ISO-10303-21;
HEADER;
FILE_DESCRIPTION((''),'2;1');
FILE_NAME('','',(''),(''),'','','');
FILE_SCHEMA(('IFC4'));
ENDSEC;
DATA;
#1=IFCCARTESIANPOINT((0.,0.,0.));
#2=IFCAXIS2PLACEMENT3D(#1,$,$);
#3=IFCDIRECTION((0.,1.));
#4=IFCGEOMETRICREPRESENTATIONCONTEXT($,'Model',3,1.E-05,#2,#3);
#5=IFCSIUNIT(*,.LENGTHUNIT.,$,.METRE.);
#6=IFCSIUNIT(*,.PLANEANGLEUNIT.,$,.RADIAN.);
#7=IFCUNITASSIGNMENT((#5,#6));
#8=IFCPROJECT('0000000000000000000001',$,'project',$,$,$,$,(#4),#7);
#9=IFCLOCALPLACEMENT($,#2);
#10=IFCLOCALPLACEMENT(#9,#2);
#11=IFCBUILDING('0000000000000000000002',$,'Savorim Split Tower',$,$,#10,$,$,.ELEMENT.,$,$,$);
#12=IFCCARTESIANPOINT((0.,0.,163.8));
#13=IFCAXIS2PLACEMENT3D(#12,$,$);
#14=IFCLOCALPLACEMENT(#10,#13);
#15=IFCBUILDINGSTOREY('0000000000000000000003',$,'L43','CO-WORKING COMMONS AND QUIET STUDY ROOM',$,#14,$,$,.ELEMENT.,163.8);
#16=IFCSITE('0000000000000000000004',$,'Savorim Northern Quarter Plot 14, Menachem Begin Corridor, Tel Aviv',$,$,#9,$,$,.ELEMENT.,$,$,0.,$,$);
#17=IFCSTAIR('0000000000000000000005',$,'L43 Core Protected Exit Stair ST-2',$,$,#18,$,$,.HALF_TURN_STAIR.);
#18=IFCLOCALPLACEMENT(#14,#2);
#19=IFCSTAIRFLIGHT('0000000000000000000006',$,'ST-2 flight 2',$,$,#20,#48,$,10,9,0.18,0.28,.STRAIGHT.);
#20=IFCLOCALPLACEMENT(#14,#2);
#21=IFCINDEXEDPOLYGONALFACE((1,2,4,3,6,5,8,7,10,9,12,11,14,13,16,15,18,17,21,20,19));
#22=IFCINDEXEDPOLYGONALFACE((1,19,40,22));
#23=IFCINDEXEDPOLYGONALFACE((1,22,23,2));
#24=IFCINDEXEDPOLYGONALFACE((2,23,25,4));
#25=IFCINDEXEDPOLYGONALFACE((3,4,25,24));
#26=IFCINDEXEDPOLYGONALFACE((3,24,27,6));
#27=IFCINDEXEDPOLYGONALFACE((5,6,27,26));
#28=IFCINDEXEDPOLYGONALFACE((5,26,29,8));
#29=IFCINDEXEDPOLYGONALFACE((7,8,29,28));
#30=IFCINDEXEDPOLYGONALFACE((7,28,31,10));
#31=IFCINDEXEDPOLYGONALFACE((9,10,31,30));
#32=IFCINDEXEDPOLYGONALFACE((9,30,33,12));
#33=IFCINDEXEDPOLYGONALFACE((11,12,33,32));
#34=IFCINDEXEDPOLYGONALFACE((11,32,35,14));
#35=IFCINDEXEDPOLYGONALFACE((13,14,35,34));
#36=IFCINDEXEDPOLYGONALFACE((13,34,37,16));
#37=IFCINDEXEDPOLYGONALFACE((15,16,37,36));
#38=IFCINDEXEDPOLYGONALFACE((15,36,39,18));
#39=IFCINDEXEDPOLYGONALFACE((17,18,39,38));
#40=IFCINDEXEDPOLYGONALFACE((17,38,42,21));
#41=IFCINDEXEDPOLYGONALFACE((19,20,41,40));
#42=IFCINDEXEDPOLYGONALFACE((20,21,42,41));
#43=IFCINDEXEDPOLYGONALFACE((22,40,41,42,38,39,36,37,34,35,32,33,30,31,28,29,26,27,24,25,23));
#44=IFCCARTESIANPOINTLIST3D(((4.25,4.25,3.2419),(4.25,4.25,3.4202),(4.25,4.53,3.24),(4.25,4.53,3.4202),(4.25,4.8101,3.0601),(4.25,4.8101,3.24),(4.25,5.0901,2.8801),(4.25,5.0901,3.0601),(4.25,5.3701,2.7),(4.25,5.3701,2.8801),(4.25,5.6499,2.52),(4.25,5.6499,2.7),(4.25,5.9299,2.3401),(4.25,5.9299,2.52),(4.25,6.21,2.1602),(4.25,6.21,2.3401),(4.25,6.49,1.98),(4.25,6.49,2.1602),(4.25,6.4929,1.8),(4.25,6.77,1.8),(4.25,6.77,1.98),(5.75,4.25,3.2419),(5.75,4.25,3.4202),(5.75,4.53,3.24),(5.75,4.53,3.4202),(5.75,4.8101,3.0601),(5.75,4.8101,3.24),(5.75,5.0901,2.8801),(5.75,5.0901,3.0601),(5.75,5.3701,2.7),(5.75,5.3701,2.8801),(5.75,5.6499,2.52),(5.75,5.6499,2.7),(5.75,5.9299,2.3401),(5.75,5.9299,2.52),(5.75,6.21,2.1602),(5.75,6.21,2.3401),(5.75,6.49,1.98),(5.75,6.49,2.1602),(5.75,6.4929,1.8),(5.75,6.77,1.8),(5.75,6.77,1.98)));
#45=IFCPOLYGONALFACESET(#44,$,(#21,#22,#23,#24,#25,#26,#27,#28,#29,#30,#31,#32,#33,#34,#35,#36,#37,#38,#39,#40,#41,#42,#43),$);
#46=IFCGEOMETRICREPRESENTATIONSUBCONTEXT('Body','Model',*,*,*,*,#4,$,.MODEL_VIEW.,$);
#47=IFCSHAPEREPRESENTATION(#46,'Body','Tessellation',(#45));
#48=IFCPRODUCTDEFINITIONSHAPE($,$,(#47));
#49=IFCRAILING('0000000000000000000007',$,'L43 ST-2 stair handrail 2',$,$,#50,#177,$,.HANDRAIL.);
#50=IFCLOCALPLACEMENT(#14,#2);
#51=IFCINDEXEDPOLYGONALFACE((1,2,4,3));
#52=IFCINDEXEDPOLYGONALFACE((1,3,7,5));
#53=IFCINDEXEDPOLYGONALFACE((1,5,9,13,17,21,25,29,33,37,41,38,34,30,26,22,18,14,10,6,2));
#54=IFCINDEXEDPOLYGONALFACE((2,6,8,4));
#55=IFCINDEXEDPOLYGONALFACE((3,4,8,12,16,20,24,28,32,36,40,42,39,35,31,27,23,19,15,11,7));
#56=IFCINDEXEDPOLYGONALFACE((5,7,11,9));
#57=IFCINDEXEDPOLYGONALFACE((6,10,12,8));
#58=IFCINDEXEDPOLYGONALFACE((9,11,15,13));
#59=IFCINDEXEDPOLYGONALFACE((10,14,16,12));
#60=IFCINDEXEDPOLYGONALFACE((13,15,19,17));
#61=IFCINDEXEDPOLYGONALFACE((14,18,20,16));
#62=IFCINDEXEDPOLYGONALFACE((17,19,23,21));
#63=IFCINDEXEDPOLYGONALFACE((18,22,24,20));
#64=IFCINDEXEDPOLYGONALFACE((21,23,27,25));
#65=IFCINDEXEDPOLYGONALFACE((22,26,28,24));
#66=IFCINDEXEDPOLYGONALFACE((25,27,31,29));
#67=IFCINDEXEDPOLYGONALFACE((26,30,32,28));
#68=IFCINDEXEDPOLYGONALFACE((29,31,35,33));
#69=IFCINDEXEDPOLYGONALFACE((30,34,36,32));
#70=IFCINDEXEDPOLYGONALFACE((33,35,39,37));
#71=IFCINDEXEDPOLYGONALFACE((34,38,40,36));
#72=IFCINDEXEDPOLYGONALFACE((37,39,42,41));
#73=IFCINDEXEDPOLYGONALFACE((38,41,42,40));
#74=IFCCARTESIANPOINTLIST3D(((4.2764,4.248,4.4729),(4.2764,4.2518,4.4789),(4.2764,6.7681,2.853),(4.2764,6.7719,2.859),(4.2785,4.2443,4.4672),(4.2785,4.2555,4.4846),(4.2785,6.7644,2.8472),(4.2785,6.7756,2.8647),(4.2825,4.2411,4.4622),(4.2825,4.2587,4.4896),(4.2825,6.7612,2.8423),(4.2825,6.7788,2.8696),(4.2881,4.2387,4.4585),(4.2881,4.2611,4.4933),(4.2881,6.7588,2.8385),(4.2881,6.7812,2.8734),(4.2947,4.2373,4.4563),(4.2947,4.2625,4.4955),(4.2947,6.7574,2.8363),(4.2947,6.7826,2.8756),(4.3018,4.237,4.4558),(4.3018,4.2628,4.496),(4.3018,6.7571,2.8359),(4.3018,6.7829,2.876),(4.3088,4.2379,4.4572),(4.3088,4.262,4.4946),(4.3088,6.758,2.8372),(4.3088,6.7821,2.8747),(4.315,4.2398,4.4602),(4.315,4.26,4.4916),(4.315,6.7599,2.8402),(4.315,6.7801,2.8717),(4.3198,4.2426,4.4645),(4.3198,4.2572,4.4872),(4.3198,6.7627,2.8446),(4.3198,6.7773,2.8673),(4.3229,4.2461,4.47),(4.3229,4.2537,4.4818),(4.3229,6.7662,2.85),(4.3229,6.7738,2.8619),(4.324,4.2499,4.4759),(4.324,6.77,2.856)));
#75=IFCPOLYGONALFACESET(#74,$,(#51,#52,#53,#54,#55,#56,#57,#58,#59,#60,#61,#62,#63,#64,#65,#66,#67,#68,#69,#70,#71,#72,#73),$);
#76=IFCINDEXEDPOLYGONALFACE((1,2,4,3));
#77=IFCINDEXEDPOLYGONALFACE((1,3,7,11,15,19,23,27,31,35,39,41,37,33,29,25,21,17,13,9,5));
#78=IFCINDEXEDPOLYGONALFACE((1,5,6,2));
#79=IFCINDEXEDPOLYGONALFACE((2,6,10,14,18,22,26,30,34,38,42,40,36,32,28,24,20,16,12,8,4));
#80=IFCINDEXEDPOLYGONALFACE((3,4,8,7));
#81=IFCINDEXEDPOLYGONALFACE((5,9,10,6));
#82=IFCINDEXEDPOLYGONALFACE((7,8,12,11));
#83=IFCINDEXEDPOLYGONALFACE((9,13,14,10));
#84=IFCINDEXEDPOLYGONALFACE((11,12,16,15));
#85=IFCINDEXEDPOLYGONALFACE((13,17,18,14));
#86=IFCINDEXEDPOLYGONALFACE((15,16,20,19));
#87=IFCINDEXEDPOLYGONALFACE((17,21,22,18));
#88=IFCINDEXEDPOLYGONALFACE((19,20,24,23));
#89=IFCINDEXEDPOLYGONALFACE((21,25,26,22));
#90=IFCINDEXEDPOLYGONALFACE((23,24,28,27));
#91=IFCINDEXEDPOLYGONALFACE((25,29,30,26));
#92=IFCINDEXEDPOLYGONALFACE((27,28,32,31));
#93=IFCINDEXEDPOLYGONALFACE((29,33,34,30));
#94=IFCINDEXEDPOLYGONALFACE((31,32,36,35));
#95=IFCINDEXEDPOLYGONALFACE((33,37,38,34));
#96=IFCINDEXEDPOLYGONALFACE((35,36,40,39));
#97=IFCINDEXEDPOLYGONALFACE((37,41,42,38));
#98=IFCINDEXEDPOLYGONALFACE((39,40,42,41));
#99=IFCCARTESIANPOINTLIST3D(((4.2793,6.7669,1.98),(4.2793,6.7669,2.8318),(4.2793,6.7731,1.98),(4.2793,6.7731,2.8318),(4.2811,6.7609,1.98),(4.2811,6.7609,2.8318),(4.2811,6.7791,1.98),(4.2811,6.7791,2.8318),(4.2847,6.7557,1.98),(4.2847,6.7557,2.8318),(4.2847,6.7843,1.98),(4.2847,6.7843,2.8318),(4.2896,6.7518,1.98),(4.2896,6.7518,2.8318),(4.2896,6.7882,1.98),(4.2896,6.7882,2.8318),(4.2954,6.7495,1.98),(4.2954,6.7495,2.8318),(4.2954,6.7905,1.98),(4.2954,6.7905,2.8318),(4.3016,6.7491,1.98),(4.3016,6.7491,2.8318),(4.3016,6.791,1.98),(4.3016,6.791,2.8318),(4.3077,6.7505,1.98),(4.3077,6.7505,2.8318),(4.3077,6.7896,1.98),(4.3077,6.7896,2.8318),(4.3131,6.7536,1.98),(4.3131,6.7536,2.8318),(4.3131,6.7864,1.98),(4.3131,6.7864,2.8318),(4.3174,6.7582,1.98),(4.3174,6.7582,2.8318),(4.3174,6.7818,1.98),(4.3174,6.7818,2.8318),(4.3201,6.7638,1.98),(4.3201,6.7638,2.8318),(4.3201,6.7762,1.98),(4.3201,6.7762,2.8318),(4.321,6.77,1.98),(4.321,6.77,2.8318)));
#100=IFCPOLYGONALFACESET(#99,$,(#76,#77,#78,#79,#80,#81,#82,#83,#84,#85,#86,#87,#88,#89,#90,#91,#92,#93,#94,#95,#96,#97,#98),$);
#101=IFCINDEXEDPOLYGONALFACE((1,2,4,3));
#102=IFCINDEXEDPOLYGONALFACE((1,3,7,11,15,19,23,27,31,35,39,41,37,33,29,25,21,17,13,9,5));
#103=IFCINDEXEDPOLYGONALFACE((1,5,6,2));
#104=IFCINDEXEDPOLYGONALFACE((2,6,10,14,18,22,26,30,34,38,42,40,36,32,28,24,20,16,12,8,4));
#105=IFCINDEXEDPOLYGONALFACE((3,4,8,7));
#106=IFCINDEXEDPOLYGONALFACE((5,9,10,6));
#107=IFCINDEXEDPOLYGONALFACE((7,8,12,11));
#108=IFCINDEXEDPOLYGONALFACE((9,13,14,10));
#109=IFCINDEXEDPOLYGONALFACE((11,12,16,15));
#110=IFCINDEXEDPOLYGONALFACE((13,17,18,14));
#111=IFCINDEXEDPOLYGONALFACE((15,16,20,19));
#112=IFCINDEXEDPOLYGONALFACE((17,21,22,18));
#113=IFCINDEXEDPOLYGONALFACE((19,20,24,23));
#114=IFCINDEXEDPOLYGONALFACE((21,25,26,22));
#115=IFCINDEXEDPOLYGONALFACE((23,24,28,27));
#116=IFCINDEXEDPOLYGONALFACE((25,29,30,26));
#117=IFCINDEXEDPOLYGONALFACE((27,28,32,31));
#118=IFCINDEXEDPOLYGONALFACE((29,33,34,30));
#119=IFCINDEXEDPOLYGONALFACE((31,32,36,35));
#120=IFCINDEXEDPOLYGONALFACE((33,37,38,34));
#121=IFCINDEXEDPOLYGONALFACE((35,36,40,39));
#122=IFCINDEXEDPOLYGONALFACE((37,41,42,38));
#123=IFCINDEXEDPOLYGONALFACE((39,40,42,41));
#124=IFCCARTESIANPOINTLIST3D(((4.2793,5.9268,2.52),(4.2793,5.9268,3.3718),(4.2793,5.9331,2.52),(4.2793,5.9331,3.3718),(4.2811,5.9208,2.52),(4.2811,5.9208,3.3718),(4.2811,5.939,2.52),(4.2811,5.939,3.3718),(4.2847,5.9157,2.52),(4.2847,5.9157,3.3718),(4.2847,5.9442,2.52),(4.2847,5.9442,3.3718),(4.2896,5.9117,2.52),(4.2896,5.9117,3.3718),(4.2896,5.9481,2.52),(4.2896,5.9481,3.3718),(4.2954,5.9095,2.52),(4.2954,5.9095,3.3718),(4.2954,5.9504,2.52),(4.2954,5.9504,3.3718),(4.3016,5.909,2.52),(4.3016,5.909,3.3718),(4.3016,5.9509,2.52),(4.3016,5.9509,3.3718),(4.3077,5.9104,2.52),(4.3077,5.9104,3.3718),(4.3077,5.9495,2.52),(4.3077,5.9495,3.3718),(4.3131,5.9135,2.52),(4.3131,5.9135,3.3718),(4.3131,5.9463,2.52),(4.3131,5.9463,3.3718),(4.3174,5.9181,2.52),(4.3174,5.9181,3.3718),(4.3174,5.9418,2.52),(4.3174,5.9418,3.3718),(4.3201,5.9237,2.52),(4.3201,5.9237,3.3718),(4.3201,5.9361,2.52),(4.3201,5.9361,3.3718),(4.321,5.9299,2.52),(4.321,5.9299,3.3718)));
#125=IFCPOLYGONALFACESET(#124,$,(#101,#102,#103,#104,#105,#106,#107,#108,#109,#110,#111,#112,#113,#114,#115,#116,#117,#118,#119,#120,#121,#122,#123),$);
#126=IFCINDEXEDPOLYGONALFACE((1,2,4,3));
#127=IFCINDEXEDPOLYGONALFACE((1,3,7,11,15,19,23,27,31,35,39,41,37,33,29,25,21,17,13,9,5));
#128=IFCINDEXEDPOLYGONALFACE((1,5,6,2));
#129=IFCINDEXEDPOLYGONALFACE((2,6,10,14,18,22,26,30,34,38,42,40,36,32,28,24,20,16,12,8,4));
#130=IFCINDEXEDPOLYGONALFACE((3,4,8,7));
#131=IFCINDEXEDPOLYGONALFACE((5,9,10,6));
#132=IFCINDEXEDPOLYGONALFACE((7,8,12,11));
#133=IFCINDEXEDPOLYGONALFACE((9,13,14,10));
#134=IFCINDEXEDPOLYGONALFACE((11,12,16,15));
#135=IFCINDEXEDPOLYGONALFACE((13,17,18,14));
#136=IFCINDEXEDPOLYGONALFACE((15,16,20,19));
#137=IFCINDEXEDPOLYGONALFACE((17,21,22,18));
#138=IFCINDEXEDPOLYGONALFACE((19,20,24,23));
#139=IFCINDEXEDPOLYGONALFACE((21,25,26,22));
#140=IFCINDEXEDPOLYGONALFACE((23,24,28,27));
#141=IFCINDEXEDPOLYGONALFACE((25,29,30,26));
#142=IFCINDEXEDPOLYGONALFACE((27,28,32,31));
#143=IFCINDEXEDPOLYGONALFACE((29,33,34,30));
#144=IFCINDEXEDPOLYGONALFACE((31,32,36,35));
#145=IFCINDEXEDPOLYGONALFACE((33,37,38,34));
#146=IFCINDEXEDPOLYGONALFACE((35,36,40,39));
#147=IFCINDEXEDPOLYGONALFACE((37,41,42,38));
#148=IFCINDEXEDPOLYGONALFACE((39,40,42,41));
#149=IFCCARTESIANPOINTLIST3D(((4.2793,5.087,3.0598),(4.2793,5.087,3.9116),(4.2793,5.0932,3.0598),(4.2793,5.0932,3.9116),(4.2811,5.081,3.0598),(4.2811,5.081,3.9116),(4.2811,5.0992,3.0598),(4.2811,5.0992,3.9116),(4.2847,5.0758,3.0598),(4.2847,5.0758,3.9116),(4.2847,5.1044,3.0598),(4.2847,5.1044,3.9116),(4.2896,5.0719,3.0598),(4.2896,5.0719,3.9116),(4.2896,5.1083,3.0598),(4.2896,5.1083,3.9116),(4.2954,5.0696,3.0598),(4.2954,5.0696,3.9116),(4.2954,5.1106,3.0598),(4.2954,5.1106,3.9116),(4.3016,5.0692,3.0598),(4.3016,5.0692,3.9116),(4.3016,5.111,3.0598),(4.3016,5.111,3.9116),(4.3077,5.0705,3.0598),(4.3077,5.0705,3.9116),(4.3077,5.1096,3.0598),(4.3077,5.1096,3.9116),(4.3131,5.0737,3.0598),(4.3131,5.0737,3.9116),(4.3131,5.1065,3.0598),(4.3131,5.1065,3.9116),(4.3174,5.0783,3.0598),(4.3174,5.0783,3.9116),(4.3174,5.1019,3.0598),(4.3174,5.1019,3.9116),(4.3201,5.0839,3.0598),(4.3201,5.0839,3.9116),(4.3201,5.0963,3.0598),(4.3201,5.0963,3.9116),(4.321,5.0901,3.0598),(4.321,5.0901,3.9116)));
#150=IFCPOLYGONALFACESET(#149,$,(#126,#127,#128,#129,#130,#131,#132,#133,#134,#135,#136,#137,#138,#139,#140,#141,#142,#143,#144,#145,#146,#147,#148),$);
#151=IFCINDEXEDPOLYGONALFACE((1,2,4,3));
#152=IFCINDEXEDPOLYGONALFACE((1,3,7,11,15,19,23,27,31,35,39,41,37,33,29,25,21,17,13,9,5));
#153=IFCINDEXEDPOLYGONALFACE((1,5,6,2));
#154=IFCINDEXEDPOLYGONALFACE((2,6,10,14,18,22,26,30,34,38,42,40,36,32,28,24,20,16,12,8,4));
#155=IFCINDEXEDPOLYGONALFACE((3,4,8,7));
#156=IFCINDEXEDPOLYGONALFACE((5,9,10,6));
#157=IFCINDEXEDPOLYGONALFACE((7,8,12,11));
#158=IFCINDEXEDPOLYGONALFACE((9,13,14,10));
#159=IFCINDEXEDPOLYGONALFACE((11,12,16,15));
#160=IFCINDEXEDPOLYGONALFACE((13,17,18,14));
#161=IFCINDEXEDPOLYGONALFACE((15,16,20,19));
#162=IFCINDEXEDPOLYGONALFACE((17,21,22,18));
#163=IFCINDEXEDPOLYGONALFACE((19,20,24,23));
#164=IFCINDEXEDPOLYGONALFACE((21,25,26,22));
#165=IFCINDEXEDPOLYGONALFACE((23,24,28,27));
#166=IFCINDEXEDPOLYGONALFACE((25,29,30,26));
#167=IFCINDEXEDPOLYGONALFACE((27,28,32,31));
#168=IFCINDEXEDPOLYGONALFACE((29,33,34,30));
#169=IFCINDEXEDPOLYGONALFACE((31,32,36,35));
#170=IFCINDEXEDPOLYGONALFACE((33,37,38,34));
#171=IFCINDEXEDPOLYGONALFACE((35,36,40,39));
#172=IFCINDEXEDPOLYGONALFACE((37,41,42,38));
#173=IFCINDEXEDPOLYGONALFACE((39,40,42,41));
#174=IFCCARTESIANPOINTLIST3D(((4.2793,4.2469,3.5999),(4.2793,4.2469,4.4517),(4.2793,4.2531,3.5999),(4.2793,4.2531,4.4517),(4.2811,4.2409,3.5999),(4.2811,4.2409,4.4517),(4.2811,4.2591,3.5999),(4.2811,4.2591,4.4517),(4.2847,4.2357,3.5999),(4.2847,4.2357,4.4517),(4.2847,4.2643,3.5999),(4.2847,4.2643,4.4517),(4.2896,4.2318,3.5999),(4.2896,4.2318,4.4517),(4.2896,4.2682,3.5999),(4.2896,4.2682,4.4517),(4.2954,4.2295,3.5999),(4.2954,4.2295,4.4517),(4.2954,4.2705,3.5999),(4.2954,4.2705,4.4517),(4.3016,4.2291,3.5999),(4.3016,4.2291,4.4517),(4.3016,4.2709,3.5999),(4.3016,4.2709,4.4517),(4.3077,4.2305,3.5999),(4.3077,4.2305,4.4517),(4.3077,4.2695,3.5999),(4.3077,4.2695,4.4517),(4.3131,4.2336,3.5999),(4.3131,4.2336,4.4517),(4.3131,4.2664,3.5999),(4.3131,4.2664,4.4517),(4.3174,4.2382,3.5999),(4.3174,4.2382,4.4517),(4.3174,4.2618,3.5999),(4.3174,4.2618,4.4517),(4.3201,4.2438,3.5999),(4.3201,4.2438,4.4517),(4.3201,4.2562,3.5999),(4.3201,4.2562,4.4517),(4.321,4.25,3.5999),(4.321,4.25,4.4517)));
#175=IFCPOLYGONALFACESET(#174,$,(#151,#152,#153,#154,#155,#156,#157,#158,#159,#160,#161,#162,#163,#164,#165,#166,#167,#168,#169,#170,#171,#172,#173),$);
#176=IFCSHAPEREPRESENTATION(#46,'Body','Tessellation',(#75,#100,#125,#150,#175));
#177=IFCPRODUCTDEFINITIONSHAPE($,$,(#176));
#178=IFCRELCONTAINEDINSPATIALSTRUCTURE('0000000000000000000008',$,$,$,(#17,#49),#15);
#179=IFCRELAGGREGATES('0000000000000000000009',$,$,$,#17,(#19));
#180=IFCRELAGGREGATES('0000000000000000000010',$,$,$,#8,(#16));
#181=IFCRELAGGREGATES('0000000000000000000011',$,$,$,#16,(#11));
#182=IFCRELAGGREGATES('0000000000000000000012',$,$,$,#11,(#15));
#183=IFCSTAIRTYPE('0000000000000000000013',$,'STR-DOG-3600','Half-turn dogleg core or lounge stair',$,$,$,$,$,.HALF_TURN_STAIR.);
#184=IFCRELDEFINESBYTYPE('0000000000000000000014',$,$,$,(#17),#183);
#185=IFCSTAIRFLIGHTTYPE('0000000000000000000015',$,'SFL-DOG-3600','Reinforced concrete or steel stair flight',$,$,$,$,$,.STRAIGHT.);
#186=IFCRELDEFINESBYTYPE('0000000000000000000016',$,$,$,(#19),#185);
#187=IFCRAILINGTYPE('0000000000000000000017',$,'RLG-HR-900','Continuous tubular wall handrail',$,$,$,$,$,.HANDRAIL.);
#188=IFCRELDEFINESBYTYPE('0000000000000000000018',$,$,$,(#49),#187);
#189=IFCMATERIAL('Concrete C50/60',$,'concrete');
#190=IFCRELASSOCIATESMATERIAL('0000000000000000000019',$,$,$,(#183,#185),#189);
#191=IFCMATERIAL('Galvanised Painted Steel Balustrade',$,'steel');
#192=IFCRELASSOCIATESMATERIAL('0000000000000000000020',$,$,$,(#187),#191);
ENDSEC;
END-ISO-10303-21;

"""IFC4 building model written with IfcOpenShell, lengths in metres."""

from ifc_helpers import new_model, si_unit, direction, frame, origin, origin_2d, place, context, subcontext, project, spatial, polyline, circle, outline, extrude, material, type_object, element, aggregate, save


model = new_model("IFC4")

# Units and contexts
model_context = context("Model", 3, precision=1e-05, world=origin(), true_north=direction((0.0, 1.0)))
body_context = subcontext(model_context, "Body", "Model", "MODEL_VIEW")
ifc_project = project(units=[si_unit("LENGTHUNIT", "METRE"), si_unit("PLANEANGLEUNIT", "RADIAN")], contexts=[model_context])

# Site, building, storey
site_placement = place(None, origin())
site = spatial("IfcSite", under=ifc_project, at=site_placement, Name="Savorim Northern Quarter Plot 14, Menachem Begin Corridor, Tel Aviv", CompositionType="ELEMENT", RefElevation=0.0)
building_placement = place(site_placement, origin())
building = spatial("IfcBuilding", under=site, at=building_placement, Name="Savorim Split Tower", CompositionType="ELEMENT")
storey_placement = place(building_placement, frame((0.0, 0.0, 163.8)))
storey = spatial("IfcBuildingStorey", under=building, at=storey_placement, Name="L43", Description="CO-WORKING COMMONS AND QUIET STUDY ROOM", CompositionType="ELEMENT", Elevation=163.8)

# Stair, stair flight
ifc_material_1 = material(Name="Concrete C50/60", Category="concrete")
stair_type = type_object("IfcStairType", Name="STR-DOG-3600", Description="Half-turn dogleg core or lounge stair", PredefinedType="HALF_TURN_STAIR", material=ifc_material_1)
stair_placement = place(storey_placement, origin())
stair = element("IfcStair", 1, at=stair_placement, inside=storey, type_object=stair_type, Name="L43 Core Protected Exit Stair ST-2", PredefinedType="HALF_TURN_STAIR")
stair_flight_type = type_object("IfcStairFlightType", Name="SFL-DOG-3600", Description="Reinforced concrete or steel stair flight", PredefinedType="STRAIGHT", material=ifc_material_1)
stair_flight_placement = place(storey_placement, frame((5.0, 6.77, 1.8), z_axis=(0.0, 0.0, 1.0), x_axis=(0.0, -1.0, 0.0)))
stair_flight = element("IfcStairFlight", 2, at=stair_flight_placement, type_object=stair_flight_type, Name="ST-2 flight 2", NumberOfRisers=10, NumberOfTreads=9, PredefinedType="STRAIGHT", RiserHeight=0.18, TreadLength=0.28, context=body_context, shape_type="SweptSolid", body=[
    extrude(outline(polyline([(0.0, 0.0), (0.0, 0.1799), (0.28, 0.1799), (0.28, 0.3601), (0.5601, 0.3601), (0.5601, 0.54), (0.8401, 0.54), (0.8401, 0.72), (1.1201, 0.72), (1.1201, 0.8999), (1.3999, 0.8999), (1.3999, 1.0801), (1.6799, 1.0801), (1.6799, 1.26), (1.96, 1.26), (1.96, 1.4399), (2.24, 1.4399), (2.24, 1.6201), (2.52, 1.6201), (2.52, 1.8), (2.52, 1.4419), (0.2771, 0.0), (0.0, 0.0)])), frame((0.0, 0.75, 0.0), z_axis=(0.0, -1.0, 0.0), x_axis=(1.0, 0.0, 0.0)), (0.0, 0.0, 1.0), 1.5),
])
aggregate(stair, [stair_flight])

# Railing
ifc_material_2 = material(Name="Galvanised Painted Steel Balustrade", Category="steel")
railing_type_1 = type_object("IfcRailingType", Name="RLG-HR-900", Description="Continuous tubular wall handrail", PredefinedType="HANDRAIL", material=ifc_material_2)
railing_1_placement = place(storey_placement, frame((4.3, 6.77, 1.98)))
element("IfcRailing", 3, at=railing_1_placement, inside=storey, type_object=railing_type_1, Name="L43 ST-2 stair handrail 2", PredefinedType="HANDRAIL", context=body_context, shape_type="SweptSolid", body=[
    extrude(circle(Radius=0.0239, at=origin_2d()), frame((0.0, 0.0, 0.876), z_axis=(0.0, -0.8412, 0.540725), x_axis=(1.0, 0.0, 0.0)), (0.0, 0.0, 1.0), 2.9958),
    extrude(circle(Radius=0.021, at=origin_2d()), origin(), (0.0, 0.0, 1.0), 0.8518),
    extrude(circle(Radius=0.021, at=origin_2d()), frame((0.0, -0.8401, 0.54)), (0.0, 0.0, 1.0), 0.8518),
    extrude(circle(Radius=0.021, at=origin_2d()), frame((0.0, -1.6799, 1.0798)), (0.0, 0.0, 1.0), 0.8518),
    extrude(circle(Radius=0.021, at=origin_2d()), frame((0.0, -2.52, 1.6199)), (0.0, 0.0, 1.0), 0.8518),
])

save(model, "model.ifc")
